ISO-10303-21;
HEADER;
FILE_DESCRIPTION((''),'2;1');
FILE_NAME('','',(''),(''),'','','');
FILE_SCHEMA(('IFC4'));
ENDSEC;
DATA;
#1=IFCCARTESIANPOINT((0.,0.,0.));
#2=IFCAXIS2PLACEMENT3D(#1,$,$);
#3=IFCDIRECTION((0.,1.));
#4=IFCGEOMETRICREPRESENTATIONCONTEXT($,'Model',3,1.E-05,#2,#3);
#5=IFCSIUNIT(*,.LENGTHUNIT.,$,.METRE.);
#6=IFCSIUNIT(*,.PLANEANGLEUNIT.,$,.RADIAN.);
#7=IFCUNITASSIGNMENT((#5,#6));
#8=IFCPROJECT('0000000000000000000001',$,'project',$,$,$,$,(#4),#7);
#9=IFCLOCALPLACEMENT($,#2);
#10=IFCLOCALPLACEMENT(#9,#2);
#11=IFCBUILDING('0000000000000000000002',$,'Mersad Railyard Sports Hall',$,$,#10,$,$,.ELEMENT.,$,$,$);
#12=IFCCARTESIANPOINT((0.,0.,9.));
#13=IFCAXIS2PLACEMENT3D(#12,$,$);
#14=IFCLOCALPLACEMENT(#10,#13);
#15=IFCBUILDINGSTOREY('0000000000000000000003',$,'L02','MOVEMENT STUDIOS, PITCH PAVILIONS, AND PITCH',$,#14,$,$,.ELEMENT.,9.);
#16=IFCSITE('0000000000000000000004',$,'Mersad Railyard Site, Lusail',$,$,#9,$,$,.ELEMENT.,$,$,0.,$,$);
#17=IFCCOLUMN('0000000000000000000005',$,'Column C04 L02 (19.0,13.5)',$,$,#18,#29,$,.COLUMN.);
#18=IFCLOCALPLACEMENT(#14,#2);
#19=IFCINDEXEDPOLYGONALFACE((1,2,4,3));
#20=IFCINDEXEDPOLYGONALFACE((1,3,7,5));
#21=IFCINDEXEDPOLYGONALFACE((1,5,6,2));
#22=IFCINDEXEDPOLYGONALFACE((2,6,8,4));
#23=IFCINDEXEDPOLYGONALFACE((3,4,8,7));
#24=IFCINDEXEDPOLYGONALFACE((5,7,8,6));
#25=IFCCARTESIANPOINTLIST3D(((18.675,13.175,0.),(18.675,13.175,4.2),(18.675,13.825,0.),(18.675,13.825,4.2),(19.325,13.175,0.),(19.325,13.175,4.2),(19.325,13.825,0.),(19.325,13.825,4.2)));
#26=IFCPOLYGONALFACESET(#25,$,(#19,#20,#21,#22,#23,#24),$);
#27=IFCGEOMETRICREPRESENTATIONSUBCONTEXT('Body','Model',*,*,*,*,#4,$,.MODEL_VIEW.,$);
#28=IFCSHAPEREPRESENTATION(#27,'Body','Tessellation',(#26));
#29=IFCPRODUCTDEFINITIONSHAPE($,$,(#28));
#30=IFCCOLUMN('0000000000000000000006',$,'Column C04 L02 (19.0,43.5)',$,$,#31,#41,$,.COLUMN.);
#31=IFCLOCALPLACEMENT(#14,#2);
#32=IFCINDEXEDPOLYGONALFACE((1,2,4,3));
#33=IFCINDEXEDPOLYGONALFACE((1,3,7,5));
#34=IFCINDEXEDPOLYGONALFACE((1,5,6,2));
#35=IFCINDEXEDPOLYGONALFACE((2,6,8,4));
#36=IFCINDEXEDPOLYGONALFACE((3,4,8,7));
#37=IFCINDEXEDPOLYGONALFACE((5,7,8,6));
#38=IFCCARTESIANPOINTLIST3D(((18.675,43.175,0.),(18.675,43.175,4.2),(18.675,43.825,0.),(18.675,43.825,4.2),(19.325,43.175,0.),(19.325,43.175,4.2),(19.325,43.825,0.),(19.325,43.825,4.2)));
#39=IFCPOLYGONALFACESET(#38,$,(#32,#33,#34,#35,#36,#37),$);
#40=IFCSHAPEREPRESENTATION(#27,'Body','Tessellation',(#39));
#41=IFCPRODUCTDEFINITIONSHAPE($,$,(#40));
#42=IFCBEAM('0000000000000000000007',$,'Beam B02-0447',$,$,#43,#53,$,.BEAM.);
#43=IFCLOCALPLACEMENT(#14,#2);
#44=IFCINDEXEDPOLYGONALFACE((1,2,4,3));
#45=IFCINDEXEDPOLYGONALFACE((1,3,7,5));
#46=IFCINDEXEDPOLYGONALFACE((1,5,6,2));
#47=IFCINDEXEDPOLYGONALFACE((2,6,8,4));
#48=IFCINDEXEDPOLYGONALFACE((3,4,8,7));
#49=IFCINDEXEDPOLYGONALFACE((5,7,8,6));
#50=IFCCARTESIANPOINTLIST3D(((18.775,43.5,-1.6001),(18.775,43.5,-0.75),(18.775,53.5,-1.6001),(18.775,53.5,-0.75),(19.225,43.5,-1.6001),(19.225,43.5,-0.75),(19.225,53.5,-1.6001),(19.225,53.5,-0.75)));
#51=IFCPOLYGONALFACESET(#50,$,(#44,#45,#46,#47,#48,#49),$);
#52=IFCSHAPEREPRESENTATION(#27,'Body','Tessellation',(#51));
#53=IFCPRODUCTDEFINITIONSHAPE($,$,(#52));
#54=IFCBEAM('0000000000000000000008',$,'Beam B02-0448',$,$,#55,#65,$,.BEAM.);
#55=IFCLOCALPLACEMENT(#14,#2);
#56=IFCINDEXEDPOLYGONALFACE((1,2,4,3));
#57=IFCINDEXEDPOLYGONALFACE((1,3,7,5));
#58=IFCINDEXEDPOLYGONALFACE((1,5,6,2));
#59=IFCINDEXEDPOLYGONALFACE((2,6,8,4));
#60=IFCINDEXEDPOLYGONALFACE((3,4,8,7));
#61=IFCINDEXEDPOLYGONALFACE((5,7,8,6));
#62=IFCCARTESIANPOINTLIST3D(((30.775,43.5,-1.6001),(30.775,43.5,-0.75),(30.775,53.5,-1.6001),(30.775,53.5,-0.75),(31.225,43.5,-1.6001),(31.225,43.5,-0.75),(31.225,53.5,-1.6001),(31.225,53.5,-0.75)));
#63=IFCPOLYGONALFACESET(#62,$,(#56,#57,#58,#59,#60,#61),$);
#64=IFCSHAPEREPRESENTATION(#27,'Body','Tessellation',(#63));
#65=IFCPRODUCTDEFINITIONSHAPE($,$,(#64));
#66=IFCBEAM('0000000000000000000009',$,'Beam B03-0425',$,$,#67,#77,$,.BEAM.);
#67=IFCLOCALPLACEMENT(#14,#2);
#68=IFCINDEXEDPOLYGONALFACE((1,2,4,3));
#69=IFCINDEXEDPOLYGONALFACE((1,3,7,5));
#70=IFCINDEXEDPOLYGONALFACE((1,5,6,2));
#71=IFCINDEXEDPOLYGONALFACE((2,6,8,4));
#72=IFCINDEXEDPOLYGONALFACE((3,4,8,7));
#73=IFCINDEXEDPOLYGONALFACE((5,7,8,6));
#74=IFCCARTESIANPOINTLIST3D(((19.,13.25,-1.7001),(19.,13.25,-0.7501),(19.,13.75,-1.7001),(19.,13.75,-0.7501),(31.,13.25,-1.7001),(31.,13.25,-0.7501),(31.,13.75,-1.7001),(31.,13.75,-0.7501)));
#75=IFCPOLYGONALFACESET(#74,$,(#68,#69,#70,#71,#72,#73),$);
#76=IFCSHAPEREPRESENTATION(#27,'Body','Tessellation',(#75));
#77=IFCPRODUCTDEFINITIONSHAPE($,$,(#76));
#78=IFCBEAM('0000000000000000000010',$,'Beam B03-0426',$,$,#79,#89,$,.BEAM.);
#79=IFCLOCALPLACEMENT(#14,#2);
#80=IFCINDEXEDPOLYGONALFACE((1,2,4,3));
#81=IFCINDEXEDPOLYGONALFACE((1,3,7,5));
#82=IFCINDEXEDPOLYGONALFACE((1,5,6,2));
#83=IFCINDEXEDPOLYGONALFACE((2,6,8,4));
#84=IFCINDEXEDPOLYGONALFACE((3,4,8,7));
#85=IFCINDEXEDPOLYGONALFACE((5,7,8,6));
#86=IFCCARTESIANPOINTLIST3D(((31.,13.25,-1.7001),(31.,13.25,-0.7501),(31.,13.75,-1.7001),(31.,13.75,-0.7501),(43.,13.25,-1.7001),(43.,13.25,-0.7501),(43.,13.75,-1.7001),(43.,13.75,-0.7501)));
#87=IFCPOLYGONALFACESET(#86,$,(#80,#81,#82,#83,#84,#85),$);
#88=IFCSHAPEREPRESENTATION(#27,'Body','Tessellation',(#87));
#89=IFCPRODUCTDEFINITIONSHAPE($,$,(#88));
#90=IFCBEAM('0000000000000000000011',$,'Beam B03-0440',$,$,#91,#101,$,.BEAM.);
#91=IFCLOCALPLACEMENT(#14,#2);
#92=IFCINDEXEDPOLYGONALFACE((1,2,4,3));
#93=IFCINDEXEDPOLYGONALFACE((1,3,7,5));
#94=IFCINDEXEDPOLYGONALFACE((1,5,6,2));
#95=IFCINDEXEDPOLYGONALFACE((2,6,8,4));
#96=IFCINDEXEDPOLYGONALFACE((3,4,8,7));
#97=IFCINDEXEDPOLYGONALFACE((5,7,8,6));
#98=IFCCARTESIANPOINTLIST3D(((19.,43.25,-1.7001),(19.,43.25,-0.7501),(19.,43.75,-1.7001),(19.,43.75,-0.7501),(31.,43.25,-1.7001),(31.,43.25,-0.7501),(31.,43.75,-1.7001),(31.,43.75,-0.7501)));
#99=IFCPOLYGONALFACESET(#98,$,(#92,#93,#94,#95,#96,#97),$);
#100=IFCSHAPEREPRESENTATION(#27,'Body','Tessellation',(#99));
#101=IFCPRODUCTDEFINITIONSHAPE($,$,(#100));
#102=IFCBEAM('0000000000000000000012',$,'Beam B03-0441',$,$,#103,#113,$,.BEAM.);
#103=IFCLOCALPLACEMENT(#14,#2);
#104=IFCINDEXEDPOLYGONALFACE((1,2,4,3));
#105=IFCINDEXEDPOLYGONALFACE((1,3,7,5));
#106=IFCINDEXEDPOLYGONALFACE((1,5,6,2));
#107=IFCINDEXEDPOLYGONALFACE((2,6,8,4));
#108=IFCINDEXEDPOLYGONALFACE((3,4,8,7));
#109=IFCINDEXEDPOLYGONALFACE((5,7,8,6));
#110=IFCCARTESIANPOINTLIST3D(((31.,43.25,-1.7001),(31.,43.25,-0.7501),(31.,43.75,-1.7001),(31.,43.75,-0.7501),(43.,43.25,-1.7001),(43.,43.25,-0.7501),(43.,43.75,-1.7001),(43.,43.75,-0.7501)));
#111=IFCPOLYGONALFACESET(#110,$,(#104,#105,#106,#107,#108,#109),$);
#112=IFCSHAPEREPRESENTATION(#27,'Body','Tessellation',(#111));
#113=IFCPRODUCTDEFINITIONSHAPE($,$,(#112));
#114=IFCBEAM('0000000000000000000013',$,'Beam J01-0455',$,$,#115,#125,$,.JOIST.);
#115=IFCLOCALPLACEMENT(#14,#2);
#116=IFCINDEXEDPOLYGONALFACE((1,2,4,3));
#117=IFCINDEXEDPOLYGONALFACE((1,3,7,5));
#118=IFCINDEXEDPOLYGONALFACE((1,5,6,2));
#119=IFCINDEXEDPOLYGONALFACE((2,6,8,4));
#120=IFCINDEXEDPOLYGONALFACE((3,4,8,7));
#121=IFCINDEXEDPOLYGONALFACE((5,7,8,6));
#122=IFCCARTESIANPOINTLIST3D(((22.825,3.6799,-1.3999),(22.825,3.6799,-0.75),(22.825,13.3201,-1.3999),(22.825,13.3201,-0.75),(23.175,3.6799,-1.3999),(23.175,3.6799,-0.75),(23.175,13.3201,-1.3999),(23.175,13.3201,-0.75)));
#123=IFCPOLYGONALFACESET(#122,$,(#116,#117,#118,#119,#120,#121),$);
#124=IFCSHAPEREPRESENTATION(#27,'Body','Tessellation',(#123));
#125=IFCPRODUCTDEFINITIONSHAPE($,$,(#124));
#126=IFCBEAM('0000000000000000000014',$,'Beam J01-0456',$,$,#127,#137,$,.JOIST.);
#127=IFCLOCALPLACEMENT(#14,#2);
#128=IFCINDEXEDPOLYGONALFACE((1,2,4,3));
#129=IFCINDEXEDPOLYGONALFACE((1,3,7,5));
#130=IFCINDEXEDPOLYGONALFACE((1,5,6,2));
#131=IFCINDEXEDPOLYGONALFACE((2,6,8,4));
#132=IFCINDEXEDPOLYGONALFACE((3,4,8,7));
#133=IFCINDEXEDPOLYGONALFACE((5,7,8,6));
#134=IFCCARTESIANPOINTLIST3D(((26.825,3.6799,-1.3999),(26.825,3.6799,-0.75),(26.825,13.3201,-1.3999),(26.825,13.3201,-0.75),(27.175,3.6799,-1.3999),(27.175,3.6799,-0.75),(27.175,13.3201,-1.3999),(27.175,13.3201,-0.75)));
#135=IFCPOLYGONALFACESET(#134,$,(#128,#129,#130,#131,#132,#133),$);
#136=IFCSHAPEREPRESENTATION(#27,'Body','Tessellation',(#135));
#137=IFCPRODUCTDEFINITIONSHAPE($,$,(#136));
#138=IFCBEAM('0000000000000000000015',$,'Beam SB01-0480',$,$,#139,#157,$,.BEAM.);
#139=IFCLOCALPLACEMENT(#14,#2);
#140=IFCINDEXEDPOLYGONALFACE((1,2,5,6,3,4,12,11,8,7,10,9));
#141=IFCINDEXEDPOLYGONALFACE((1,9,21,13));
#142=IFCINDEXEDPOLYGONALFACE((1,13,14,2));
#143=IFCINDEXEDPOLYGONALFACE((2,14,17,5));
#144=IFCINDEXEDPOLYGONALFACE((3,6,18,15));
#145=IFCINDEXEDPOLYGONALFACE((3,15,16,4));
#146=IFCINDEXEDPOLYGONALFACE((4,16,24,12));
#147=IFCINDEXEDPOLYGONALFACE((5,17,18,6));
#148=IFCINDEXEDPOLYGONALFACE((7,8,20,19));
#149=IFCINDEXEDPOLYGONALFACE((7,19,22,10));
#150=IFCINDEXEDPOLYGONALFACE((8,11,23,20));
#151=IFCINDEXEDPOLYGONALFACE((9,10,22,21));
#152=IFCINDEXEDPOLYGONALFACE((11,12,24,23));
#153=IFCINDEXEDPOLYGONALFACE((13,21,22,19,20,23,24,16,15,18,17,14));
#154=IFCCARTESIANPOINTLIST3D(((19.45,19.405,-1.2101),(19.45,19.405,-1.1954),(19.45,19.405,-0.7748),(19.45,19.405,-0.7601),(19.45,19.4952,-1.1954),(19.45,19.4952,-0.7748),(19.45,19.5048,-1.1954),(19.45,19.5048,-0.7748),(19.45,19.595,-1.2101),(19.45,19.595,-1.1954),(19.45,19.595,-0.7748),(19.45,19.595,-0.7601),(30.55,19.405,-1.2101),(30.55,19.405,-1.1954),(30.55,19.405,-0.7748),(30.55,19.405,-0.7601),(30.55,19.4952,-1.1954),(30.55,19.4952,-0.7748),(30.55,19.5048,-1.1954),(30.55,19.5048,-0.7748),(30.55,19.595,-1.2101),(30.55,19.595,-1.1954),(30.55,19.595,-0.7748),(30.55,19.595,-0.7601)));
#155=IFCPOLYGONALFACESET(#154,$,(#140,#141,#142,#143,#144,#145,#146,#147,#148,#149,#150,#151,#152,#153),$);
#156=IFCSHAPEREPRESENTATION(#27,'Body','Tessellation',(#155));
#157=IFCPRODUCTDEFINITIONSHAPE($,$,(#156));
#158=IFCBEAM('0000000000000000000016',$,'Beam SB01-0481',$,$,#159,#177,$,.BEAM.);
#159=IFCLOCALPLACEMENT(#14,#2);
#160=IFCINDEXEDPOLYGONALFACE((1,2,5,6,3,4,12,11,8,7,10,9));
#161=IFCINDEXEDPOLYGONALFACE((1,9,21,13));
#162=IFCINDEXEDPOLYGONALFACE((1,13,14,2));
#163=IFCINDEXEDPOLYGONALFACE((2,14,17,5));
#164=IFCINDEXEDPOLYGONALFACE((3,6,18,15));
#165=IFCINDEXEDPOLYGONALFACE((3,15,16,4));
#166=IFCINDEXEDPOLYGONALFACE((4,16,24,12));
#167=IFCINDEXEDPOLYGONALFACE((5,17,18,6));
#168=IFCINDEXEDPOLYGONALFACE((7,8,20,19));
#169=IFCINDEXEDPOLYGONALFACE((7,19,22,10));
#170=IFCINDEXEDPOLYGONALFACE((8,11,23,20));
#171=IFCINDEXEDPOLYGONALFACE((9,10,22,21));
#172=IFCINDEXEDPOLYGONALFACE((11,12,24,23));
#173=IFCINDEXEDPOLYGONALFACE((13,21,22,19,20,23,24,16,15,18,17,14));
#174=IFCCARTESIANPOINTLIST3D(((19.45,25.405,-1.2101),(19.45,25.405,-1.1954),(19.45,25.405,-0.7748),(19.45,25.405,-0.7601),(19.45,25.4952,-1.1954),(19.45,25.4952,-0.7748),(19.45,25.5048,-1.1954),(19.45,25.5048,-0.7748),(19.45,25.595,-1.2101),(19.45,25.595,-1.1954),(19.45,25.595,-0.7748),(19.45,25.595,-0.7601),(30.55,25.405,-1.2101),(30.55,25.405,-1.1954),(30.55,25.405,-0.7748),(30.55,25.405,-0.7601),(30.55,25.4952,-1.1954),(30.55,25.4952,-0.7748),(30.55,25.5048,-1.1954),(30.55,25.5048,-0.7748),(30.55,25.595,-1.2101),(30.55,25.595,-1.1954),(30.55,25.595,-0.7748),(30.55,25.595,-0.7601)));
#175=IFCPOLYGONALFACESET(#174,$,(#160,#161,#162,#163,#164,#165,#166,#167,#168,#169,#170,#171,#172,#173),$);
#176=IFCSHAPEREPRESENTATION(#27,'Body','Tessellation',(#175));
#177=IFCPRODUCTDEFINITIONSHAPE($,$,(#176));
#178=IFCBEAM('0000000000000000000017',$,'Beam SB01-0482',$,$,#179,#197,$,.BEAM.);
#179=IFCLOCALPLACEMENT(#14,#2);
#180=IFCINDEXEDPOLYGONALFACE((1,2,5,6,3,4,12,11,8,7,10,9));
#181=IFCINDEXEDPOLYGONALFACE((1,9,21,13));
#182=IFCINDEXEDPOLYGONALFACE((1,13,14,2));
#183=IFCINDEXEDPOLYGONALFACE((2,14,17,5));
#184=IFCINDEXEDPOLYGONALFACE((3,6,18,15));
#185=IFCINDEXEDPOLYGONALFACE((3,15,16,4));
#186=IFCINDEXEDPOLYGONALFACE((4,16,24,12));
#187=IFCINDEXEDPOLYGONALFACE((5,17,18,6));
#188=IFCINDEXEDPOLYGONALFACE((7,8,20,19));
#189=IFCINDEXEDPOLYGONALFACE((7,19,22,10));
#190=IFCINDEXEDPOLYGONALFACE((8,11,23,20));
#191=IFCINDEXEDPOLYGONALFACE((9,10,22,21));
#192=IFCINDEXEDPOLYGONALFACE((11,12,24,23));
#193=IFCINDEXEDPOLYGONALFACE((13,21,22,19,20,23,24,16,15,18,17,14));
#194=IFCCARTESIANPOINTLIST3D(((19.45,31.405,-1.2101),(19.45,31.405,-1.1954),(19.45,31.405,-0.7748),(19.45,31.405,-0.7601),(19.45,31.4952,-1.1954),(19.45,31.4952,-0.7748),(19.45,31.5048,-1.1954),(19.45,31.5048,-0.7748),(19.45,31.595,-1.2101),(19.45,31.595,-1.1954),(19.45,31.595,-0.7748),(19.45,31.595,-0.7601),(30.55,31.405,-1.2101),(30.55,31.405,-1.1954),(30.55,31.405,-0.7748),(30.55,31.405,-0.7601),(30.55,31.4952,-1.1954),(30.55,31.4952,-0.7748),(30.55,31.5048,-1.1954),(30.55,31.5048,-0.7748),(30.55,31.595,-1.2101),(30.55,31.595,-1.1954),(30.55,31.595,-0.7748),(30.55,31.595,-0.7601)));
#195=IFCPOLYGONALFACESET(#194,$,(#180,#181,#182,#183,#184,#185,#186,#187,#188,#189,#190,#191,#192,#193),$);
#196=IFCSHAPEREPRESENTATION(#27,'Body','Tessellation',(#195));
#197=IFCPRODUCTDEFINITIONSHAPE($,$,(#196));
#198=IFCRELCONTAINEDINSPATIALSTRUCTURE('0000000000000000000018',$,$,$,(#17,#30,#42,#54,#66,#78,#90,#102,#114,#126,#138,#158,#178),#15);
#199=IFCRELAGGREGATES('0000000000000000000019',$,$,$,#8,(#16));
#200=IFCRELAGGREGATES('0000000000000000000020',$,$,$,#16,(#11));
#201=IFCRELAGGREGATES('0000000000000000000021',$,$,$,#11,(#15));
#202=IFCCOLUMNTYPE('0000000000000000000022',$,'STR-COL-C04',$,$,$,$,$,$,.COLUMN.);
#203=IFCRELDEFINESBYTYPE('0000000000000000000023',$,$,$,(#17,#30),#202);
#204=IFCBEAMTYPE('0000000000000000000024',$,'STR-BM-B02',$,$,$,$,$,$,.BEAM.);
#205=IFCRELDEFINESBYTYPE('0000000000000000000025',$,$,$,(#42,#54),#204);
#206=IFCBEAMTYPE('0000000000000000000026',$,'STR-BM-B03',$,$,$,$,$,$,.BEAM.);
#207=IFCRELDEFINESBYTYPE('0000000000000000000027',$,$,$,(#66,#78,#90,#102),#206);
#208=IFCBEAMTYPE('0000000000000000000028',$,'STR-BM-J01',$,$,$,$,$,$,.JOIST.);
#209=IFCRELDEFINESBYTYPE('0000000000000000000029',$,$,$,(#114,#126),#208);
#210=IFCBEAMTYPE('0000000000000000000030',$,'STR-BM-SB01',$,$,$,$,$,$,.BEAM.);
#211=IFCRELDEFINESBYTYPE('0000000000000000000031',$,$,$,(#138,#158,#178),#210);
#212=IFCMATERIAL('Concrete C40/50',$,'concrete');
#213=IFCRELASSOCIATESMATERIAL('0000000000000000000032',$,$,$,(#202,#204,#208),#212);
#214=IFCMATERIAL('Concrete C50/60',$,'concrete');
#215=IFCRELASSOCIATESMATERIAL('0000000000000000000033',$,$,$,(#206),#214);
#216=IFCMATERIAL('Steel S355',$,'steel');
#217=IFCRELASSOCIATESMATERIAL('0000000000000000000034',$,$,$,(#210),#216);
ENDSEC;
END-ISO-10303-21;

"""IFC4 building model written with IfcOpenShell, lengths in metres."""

from ifc_helpers import new_model, si_unit, direction, frame, origin, origin_2d, place, context, subcontext, project, spatial, rectangle, i_section, extrude, material, material_profile, profile_set, type_object, element, save


model = new_model("IFC4")

# Units and contexts
model_context = context("Model", 3, precision=1e-05, world=origin(), true_north=direction((0.0, 1.0)))
body_context = subcontext(model_context, "Body", "Model", "MODEL_VIEW")
ifc_project = project(units=[si_unit("LENGTHUNIT", "METRE"), si_unit("PLANEANGLEUNIT", "RADIAN")], contexts=[model_context])

# Site, building, storey
site_placement = place(None, origin())
site = spatial("IfcSite", under=ifc_project, at=site_placement, Name="Mersad Railyard Site, Lusail", CompositionType="ELEMENT", RefElevation=0.0)
building_placement = place(site_placement, origin())
building = spatial("IfcBuilding", under=site, at=building_placement, Name="Mersad Railyard Sports Hall", CompositionType="ELEMENT")
storey_placement = place(building_placement, frame((0.0, 0.0, 9.0)))
storey = spatial("IfcBuildingStorey", under=building, at=storey_placement, Name="L02", Description="MOVEMENT STUDIOS, PITCH PAVILIONS, AND PITCH", CompositionType="ELEMENT", Elevation=9.0)

# Columns
ifc_material_1 = material(Name="Concrete C40/50", Category="concrete")
ifc_material_profile_1 = material_profile(ifc_material_1, rectangle(XDim=0.6499, YDim=0.6499, at=origin_2d()), Name="RC 650x650")
ifc_profile_set_1 = profile_set([ifc_material_profile_1], Name="Concrete C40/50")
column_type = type_object("IfcColumnType", Name="STR-COL-C04", PredefinedType="COLUMN", material=ifc_profile_set_1)
for number, where, z_axis, x_axis, name in (
    (1, (19.0, 13.5, 0.0), (0.0, 0.0, 1.0), (1.0, 0.0, 0.0), "Column C04 L02 (19.0,13.5)"),
    (2, (19.0, 43.5, 0.0), (0.0, 0.0, 1.0), (1.0, 0.0, 0.0), "Column C04 L02 (19.0,43.5)"),
):
    element("IfcColumn", number, at=place(storey_placement, frame(where, z_axis=z_axis, x_axis=x_axis)), inside=storey, type_object=column_type, Name=name, PredefinedType="COLUMN", context=body_context, shape_type="SweptSolid", body=[
        extrude(rectangle(XDim=0.6499, YDim=0.6499, at=origin_2d()), origin(), (0.0, 0.0, 1.0), 4.2),
    ])

# Beams
ifc_material_profile_2 = material_profile(ifc_material_1, rectangle(XDim=0.45, YDim=0.8501, at=origin_2d()), Name="RC 450x850")
ifc_profile_set_2 = profile_set([ifc_material_profile_2], Name="Concrete C40/50")
beam_type_1 = type_object("IfcBeamType", Name="STR-BM-B02", PredefinedType="BEAM", material=ifc_profile_set_2)
for number, where, z_axis, x_axis, name in (
    (3, (19.0, 43.5, -1.175), (0.0, 1.0, 0.0), (-1.0, 0.0, 0.0), "Beam B02-0447"),
    (4, (31.0, 43.5, -1.175), (0.0, 1.0, 0.0), (-1.0, 0.0, 0.0), "Beam B02-0448"),
):
    element("IfcBeam", number, at=place(storey_placement, frame(where, z_axis=z_axis, x_axis=x_axis)), inside=storey, type_object=beam_type_1, Name=name, PredefinedType="BEAM", context=body_context, shape_type="SweptSolid", body=[
        extrude(rectangle(XDim=0.45, YDim=0.8501, at=origin_2d()), origin(), (0.0, 0.0, 1.0), 10.0),
    ])
ifc_material_2 = material(Name="Concrete C50/60", Category="concrete")
ifc_material_profile_3 = material_profile(ifc_material_2, rectangle(XDim=0.5, YDim=0.95, at=origin_2d()), Name="RC 500x950")
ifc_profile_set_3 = profile_set([ifc_material_profile_3], Name="Concrete C50/60")
beam_type_2 = type_object("IfcBeamType", Name="STR-BM-B03", PredefinedType="BEAM", material=ifc_profile_set_3)
for number, where, z_axis, x_axis, name in (
    (5, (19.0, 13.5, -1.2251), (1.0, 0.0, 0.0), (0.0, 1.0, 0.0), "Beam B03-0425"),
    (6, (31.0, 13.5, -1.2251), (1.0, 0.0, 0.0), (0.0, 1.0, 0.0), "Beam B03-0426"),
    (7, (19.0, 43.5, -1.2251), (1.0, 0.0, 0.0), (0.0, 1.0, 0.0), "Beam B03-0440"),
    (8, (31.0, 43.5, -1.2251), (1.0, 0.0, 0.0), (0.0, 1.0, 0.0), "Beam B03-0441"),
):
    element("IfcBeam", number, at=place(storey_placement, frame(where, z_axis=z_axis, x_axis=x_axis)), inside=storey, type_object=beam_type_2, Name=name, PredefinedType="BEAM", context=body_context, shape_type="SweptSolid", body=[
        extrude(rectangle(XDim=0.5, YDim=0.95, at=origin_2d()), origin(), (0.0, 0.0, 1.0), 12.0),
    ])
ifc_material_profile_4 = material_profile(ifc_material_1, rectangle(XDim=0.3501, YDim=0.6499, at=origin_2d()), Name="RC 350x650")
ifc_profile_set_4 = profile_set([ifc_material_profile_4], Name="Concrete C40/50")
beam_type_3 = type_object("IfcBeamType", Name="STR-BM-J01", PredefinedType="JOIST", material=ifc_profile_set_4)
for number, where, z_axis, x_axis, name in (
    (9, (23.0, 3.6799, -1.075), (0.0, 1.0, 0.0), (-1.0, 0.0, 0.0), "Beam J01-0455"),
    (10, (27.0, 3.6799, -1.075), (0.0, 1.0, 0.0), (-1.0, 0.0, 0.0), "Beam J01-0456"),
):
    element("IfcBeam", number, at=place(storey_placement, frame(where, z_axis=z_axis, x_axis=x_axis)), inside=storey, type_object=beam_type_3, Name=name, PredefinedType="JOIST", context=body_context, shape_type="SweptSolid", body=[
        extrude(rectangle(XDim=0.3501, YDim=0.6499, at=origin_2d()), origin(), (0.0, 0.0, 1.0), 9.6401),
    ])
ifc_material_3 = material(Name="Steel S355", Category="steel")
ifc_material_profile_5 = material_profile(ifc_material_3, i_section(OverallWidth=0.1899, OverallDepth=0.45, WebThickness=0.0095, FlangeThickness=0.0146, at=origin_2d()), Name="IPE 450")
ifc_profile_set_5 = profile_set([ifc_material_profile_5], Name="Steel S355")
beam_type_4 = type_object("IfcBeamType", Name="STR-BM-SB01", PredefinedType="BEAM", material=ifc_profile_set_5)
for number, where, z_axis, x_axis, name in (
    (11, (19.45, 19.5, -0.9851), (1.0, 0.0, 0.0), (0.0, 1.0, 0.0), "Beam SB01-0480"),
    (12, (19.45, 25.5, -0.9851), (1.0, 0.0, 0.0), (0.0, 1.0, 0.0), "Beam SB01-0481"),
    (13, (19.45, 31.5, -0.9851), (1.0, 0.0, 0.0), (0.0, 1.0, 0.0), "Beam SB01-0482"),
):
    element("IfcBeam", number, at=place(storey_placement, frame(where, z_axis=z_axis, x_axis=x_axis)), inside=storey, type_object=beam_type_4, Name=name, PredefinedType="BEAM", context=body_context, shape_type="SweptSolid", body=[
        extrude(i_section(OverallWidth=0.1899, OverallDepth=0.45, WebThickness=0.0095, FlangeThickness=0.0146, at=origin_2d()), origin(), (0.0, 0.0, 1.0), 11.1001),
    ])

save(model, "model.ifc")
